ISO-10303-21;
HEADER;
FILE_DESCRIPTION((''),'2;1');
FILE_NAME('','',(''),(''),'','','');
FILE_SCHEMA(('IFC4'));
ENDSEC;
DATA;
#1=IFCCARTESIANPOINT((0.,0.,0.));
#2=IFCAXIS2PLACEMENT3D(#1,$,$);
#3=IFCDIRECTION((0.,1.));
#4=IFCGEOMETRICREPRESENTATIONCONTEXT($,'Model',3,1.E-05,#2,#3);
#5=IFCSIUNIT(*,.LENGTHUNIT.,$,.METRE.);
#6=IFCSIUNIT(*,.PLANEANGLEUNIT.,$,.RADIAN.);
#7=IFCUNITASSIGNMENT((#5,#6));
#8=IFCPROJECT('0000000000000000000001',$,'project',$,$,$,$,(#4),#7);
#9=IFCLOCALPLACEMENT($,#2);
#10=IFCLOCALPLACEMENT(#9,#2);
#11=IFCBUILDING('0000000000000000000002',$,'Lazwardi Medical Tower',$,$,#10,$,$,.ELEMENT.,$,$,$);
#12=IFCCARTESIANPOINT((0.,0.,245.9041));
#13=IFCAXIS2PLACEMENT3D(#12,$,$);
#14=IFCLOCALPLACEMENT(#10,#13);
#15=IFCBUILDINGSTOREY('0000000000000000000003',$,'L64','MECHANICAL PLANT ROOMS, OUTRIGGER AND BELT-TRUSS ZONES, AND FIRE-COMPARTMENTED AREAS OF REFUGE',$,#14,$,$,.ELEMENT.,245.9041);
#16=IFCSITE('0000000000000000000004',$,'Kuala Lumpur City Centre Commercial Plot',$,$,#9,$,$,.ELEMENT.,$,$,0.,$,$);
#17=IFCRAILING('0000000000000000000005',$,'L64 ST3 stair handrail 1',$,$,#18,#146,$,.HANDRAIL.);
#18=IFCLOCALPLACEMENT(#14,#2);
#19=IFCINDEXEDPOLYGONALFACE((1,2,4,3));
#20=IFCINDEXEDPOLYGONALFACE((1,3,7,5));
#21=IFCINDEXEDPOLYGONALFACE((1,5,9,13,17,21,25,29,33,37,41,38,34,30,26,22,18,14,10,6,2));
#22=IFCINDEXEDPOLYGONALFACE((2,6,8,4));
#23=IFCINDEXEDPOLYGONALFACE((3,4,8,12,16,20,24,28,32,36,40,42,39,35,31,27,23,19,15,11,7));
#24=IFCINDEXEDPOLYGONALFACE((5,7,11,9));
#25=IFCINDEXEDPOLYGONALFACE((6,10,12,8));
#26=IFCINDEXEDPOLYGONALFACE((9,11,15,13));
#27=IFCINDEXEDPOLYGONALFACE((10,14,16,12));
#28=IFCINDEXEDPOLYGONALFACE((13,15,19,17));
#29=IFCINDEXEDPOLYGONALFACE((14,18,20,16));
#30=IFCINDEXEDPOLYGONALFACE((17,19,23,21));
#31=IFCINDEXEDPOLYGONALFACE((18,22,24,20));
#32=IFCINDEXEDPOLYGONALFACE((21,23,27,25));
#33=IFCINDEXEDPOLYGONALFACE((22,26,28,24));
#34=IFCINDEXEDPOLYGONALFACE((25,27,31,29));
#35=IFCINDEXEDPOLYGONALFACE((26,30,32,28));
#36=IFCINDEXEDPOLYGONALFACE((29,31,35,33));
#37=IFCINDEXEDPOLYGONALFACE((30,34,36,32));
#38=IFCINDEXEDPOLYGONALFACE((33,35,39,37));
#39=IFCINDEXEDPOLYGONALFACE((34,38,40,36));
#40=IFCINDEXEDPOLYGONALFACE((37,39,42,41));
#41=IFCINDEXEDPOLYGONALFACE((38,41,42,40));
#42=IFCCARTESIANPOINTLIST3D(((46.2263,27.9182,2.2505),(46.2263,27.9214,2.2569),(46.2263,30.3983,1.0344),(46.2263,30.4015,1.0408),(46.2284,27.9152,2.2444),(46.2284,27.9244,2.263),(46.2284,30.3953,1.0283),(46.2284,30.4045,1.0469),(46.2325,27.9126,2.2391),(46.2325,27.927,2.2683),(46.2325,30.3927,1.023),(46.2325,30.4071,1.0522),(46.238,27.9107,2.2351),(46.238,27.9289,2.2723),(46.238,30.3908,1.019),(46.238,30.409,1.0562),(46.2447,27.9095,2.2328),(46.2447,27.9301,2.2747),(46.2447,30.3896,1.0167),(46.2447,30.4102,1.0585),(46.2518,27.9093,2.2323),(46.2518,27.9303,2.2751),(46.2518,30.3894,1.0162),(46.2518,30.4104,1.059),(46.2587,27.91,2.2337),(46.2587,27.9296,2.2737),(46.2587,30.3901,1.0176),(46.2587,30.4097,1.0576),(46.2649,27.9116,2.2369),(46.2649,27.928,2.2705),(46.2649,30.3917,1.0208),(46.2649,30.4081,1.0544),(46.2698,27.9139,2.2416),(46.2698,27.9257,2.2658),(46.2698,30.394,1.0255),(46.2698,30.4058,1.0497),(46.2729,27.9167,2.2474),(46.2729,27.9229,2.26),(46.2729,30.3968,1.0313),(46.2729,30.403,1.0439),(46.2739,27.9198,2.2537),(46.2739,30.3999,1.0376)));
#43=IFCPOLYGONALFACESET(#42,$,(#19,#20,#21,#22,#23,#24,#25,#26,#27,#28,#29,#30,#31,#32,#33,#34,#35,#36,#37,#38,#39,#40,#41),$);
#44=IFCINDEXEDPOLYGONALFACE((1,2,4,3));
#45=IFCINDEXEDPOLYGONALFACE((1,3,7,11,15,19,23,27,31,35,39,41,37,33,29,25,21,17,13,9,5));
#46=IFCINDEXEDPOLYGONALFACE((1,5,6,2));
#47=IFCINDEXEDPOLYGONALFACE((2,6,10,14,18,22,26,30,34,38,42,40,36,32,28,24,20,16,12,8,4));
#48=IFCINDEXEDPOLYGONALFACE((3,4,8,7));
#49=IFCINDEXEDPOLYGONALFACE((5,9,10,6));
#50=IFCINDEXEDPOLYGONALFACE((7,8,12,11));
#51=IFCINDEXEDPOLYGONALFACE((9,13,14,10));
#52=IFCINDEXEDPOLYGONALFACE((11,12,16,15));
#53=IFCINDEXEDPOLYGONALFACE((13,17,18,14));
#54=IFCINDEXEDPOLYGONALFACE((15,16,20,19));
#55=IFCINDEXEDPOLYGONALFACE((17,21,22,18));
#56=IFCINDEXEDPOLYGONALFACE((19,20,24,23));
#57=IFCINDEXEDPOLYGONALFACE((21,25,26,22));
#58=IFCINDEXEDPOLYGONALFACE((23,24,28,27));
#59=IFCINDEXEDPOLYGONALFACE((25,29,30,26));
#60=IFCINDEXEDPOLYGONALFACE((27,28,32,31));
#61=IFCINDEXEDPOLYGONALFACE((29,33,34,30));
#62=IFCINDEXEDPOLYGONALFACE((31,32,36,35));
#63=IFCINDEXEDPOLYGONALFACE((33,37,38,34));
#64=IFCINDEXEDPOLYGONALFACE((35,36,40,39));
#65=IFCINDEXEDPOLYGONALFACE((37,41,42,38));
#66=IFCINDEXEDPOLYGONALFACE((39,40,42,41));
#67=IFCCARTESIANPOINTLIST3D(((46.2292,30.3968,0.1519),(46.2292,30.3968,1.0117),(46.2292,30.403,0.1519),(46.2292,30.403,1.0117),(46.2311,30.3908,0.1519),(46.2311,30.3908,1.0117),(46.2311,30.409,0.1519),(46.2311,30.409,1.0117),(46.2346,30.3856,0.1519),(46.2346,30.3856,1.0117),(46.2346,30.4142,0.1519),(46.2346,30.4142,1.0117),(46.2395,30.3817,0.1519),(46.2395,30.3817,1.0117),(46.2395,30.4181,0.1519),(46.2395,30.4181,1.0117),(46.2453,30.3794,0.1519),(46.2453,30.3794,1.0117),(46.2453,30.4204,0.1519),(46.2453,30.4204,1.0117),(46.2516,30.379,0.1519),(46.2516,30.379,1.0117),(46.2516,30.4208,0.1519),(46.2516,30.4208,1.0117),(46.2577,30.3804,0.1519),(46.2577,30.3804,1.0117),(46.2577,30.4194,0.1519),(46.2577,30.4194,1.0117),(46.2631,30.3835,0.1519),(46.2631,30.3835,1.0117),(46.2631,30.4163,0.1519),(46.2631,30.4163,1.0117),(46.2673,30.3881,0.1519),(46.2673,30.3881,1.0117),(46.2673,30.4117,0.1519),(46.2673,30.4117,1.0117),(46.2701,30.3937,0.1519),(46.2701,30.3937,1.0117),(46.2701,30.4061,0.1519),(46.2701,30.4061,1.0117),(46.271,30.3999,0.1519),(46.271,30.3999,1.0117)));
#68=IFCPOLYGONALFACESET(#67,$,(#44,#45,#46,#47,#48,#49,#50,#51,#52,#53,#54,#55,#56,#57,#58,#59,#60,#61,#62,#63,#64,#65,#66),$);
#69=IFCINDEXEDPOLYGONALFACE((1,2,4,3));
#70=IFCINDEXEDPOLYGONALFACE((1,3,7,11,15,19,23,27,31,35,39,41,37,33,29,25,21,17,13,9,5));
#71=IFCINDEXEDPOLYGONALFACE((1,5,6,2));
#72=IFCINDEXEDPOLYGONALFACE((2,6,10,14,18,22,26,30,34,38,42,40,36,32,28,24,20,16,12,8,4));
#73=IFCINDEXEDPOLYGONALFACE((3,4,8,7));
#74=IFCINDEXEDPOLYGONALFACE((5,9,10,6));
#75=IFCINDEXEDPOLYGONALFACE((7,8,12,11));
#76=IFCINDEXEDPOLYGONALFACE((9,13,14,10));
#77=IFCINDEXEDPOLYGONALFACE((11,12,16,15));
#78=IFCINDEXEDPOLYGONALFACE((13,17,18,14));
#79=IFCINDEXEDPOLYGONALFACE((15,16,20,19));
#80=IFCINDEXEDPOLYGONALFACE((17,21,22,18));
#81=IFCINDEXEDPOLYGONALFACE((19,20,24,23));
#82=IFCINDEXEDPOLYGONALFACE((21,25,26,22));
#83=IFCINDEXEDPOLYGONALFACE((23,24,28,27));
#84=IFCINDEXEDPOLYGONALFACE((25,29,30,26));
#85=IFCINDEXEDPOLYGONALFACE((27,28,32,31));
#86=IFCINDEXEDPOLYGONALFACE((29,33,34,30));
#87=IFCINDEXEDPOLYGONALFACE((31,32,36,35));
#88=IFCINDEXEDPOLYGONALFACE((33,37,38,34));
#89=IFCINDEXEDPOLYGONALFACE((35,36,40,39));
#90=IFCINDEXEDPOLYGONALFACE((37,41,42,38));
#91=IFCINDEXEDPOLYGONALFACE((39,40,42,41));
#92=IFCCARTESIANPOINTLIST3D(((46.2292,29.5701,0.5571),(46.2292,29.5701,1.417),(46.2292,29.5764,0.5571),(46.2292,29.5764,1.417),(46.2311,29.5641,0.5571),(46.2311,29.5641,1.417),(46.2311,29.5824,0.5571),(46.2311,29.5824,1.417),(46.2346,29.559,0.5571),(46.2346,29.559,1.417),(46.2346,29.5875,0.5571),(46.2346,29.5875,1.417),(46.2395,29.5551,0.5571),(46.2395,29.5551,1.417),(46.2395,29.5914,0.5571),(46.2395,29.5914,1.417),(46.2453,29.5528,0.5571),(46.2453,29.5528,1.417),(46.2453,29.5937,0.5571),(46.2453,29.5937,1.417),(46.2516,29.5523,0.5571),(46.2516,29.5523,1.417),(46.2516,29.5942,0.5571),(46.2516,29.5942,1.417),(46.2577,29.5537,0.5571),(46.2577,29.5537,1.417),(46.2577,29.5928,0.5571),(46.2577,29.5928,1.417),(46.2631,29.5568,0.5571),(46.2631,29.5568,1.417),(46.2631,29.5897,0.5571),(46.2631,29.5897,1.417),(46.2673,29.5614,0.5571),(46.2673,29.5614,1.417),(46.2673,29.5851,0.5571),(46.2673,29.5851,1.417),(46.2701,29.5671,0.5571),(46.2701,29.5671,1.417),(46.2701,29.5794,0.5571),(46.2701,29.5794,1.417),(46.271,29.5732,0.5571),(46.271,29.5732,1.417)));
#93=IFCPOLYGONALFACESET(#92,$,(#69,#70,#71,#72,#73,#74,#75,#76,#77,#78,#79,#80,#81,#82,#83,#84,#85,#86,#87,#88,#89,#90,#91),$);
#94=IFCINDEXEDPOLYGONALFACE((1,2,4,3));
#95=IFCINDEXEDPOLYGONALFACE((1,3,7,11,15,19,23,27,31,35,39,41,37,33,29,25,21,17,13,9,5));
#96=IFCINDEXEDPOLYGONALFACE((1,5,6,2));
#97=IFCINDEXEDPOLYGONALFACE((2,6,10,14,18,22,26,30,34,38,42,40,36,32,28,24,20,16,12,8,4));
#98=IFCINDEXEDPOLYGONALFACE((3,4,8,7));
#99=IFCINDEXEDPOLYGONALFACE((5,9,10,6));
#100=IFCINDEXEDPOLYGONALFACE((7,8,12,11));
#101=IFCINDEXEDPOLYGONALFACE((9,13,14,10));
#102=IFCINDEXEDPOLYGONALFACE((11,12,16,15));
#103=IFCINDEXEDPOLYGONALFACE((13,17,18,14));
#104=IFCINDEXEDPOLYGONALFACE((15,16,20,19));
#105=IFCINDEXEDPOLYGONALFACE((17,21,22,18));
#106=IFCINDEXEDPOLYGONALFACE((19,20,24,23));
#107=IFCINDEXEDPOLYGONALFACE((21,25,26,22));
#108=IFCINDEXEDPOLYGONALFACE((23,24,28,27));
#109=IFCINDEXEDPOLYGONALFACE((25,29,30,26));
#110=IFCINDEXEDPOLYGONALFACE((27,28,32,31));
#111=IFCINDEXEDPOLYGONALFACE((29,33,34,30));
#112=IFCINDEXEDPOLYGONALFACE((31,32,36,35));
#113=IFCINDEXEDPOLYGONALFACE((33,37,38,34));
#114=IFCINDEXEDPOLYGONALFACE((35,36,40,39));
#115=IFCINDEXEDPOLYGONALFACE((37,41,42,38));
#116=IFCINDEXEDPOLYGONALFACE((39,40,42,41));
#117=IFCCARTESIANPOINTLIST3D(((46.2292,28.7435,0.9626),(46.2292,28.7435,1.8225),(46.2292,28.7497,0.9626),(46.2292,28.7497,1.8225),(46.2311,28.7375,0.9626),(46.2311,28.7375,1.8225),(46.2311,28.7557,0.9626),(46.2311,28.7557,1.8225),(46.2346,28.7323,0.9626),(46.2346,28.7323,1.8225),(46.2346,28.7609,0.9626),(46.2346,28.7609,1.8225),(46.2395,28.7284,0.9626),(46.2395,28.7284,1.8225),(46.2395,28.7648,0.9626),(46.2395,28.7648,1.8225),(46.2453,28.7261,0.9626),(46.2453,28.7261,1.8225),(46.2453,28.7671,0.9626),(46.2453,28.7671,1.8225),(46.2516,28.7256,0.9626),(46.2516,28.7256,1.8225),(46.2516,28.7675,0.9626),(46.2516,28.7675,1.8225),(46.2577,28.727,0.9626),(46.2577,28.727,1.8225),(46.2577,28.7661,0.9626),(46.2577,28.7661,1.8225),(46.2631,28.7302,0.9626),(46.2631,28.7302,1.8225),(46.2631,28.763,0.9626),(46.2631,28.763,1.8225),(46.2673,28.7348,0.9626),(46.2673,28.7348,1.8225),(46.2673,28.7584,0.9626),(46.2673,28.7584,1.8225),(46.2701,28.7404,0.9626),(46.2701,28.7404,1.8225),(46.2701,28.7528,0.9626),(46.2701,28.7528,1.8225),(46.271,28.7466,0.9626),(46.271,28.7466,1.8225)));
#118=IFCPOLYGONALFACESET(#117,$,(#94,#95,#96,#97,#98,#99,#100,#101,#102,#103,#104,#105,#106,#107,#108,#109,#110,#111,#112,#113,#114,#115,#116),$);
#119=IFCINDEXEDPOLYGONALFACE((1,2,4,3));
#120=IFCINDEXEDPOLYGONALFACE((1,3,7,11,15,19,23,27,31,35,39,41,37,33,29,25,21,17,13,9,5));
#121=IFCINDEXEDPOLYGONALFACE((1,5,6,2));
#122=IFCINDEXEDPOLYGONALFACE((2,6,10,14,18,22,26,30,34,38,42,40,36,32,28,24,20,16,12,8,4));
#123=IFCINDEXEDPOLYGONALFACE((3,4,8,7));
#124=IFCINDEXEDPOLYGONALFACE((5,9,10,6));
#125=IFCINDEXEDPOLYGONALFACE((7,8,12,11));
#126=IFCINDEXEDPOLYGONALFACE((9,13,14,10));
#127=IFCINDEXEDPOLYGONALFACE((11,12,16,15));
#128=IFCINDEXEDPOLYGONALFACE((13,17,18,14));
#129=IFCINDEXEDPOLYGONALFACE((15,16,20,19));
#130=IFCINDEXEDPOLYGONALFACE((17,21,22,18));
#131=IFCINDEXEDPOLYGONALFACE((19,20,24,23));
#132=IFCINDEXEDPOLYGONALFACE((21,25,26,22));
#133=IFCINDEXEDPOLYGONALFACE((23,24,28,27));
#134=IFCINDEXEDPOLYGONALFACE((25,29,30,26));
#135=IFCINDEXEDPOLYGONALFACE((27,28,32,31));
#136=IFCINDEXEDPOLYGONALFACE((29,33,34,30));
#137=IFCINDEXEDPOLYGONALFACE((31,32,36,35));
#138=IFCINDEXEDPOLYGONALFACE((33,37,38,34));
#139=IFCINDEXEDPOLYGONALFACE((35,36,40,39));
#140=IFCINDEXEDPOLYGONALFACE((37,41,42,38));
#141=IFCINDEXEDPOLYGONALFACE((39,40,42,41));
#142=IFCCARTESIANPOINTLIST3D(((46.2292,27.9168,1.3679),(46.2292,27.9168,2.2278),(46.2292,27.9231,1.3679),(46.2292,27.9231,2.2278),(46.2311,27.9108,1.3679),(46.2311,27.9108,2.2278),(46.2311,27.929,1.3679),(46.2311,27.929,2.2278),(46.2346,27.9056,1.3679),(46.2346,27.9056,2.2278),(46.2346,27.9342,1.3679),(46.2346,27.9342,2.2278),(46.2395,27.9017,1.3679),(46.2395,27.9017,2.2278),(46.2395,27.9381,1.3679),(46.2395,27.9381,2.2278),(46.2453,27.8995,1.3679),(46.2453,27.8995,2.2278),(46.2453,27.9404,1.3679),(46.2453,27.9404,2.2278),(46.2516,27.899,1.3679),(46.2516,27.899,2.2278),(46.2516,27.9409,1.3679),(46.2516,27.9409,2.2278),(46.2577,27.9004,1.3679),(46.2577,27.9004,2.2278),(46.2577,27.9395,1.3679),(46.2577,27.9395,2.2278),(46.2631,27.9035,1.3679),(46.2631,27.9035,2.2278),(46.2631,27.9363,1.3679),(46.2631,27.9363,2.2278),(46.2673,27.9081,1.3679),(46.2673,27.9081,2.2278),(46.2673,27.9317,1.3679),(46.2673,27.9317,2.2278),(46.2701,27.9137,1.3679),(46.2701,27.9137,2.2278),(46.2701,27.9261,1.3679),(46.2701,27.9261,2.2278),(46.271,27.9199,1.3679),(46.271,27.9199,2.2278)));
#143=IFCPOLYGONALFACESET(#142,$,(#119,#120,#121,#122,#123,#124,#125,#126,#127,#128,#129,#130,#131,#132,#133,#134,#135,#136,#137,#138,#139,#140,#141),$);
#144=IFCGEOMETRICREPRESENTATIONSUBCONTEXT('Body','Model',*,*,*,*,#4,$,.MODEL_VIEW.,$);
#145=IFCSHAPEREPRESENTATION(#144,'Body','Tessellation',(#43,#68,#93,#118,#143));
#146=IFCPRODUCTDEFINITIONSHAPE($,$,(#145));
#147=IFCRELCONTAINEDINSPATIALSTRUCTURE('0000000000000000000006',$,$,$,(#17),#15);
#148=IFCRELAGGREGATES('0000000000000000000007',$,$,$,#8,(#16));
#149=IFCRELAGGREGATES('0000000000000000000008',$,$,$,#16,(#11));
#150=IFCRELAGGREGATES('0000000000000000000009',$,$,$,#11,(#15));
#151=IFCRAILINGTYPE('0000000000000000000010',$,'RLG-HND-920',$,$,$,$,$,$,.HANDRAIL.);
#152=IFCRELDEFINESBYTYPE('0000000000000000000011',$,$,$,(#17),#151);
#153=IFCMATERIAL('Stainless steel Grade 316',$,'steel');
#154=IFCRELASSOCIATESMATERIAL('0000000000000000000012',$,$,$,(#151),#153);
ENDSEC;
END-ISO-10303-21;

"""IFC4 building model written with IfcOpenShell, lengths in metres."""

from ifc_helpers import new_model, si_unit, direction, frame, origin, origin_2d, place, context, subcontext, project, spatial, circle, extrude, material, type_object, element, save


model = new_model("IFC4")

# Units and contexts
model_context = context("Model", 3, precision=1e-05, world=origin(), true_north=direction((0.0, 1.0)))
body_context = subcontext(model_context, "Body", "Model", "MODEL_VIEW")
ifc_project = project(units=[si_unit("LENGTHUNIT", "METRE"), si_unit("PLANEANGLEUNIT", "RADIAN")], contexts=[model_context])

# Site, building, storey
site_placement = place(None, origin())
site = spatial("IfcSite", under=ifc_project, at=site_placement, Name="Kuala Lumpur City Centre Commercial Plot", CompositionType="ELEMENT", RefElevation=0.0)
building_placement = place(site_placement, origin())
building = spatial("IfcBuilding", under=site, at=building_placement, Name="Lazwardi Medical Tower", CompositionType="ELEMENT")
storey_placement = place(building_placement, frame((0.0, 0.0, 245.9041)))
storey = spatial("IfcBuildingStorey", under=building, at=storey_placement, Name="L64", Description="MECHANICAL PLANT ROOMS, OUTRIGGER AND BELT-TRUSS ZONES, AND FIRE-COMPARTMENTED AREAS OF REFUGE", CompositionType="ELEMENT", Elevation=245.9041)

# Railing
ifc_material_1 = material(Name="Stainless steel Grade 316", Category="steel")
railing_type_1 = type_object("IfcRailingType", Name="RLG-HND-920", PredefinedType="HANDRAIL", material=ifc_material_1)
for number, where, name in (
    (1, (46.25, 30.3999, 0.1519), "L64 ST3 stair handrail 1"),
):
    element("IfcRailing", number, at=place(storey_placement, frame(where)), inside=storey, type_object=railing_type_1, Name=name, PredefinedType="HANDRAIL", context=body_context, shape_type="SweptSolid", body=[
        extrude(circle(Radius=0.0239, at=origin_2d()), frame((0.0, 0.0, 0.8857), z_axis=(0.0, -0.897865, 0.44027), x_axis=(1.0, 0.0, 0.0)), (0.0, 0.0, 1.0), 2.7622),
        extrude(circle(Radius=0.021, at=origin_2d()), origin(), (0.0, 0.0, 1.0), 0.8599),
        extrude(circle(Radius=0.021, at=origin_2d()), frame((0.0, -0.8267, 0.4053)), (0.0, 0.0, 1.0), 0.8599),
        extrude(circle(Radius=0.021, at=origin_2d()), frame((0.0, -1.6533, 0.8108)), (0.0, 0.0, 1.0), 0.8599),
        extrude(circle(Radius=0.021, at=origin_2d()), frame((0.0, -2.48, 1.2161)), (0.0, 0.0, 1.0), 0.8599),
    ])

save(model, "model.ifc")
